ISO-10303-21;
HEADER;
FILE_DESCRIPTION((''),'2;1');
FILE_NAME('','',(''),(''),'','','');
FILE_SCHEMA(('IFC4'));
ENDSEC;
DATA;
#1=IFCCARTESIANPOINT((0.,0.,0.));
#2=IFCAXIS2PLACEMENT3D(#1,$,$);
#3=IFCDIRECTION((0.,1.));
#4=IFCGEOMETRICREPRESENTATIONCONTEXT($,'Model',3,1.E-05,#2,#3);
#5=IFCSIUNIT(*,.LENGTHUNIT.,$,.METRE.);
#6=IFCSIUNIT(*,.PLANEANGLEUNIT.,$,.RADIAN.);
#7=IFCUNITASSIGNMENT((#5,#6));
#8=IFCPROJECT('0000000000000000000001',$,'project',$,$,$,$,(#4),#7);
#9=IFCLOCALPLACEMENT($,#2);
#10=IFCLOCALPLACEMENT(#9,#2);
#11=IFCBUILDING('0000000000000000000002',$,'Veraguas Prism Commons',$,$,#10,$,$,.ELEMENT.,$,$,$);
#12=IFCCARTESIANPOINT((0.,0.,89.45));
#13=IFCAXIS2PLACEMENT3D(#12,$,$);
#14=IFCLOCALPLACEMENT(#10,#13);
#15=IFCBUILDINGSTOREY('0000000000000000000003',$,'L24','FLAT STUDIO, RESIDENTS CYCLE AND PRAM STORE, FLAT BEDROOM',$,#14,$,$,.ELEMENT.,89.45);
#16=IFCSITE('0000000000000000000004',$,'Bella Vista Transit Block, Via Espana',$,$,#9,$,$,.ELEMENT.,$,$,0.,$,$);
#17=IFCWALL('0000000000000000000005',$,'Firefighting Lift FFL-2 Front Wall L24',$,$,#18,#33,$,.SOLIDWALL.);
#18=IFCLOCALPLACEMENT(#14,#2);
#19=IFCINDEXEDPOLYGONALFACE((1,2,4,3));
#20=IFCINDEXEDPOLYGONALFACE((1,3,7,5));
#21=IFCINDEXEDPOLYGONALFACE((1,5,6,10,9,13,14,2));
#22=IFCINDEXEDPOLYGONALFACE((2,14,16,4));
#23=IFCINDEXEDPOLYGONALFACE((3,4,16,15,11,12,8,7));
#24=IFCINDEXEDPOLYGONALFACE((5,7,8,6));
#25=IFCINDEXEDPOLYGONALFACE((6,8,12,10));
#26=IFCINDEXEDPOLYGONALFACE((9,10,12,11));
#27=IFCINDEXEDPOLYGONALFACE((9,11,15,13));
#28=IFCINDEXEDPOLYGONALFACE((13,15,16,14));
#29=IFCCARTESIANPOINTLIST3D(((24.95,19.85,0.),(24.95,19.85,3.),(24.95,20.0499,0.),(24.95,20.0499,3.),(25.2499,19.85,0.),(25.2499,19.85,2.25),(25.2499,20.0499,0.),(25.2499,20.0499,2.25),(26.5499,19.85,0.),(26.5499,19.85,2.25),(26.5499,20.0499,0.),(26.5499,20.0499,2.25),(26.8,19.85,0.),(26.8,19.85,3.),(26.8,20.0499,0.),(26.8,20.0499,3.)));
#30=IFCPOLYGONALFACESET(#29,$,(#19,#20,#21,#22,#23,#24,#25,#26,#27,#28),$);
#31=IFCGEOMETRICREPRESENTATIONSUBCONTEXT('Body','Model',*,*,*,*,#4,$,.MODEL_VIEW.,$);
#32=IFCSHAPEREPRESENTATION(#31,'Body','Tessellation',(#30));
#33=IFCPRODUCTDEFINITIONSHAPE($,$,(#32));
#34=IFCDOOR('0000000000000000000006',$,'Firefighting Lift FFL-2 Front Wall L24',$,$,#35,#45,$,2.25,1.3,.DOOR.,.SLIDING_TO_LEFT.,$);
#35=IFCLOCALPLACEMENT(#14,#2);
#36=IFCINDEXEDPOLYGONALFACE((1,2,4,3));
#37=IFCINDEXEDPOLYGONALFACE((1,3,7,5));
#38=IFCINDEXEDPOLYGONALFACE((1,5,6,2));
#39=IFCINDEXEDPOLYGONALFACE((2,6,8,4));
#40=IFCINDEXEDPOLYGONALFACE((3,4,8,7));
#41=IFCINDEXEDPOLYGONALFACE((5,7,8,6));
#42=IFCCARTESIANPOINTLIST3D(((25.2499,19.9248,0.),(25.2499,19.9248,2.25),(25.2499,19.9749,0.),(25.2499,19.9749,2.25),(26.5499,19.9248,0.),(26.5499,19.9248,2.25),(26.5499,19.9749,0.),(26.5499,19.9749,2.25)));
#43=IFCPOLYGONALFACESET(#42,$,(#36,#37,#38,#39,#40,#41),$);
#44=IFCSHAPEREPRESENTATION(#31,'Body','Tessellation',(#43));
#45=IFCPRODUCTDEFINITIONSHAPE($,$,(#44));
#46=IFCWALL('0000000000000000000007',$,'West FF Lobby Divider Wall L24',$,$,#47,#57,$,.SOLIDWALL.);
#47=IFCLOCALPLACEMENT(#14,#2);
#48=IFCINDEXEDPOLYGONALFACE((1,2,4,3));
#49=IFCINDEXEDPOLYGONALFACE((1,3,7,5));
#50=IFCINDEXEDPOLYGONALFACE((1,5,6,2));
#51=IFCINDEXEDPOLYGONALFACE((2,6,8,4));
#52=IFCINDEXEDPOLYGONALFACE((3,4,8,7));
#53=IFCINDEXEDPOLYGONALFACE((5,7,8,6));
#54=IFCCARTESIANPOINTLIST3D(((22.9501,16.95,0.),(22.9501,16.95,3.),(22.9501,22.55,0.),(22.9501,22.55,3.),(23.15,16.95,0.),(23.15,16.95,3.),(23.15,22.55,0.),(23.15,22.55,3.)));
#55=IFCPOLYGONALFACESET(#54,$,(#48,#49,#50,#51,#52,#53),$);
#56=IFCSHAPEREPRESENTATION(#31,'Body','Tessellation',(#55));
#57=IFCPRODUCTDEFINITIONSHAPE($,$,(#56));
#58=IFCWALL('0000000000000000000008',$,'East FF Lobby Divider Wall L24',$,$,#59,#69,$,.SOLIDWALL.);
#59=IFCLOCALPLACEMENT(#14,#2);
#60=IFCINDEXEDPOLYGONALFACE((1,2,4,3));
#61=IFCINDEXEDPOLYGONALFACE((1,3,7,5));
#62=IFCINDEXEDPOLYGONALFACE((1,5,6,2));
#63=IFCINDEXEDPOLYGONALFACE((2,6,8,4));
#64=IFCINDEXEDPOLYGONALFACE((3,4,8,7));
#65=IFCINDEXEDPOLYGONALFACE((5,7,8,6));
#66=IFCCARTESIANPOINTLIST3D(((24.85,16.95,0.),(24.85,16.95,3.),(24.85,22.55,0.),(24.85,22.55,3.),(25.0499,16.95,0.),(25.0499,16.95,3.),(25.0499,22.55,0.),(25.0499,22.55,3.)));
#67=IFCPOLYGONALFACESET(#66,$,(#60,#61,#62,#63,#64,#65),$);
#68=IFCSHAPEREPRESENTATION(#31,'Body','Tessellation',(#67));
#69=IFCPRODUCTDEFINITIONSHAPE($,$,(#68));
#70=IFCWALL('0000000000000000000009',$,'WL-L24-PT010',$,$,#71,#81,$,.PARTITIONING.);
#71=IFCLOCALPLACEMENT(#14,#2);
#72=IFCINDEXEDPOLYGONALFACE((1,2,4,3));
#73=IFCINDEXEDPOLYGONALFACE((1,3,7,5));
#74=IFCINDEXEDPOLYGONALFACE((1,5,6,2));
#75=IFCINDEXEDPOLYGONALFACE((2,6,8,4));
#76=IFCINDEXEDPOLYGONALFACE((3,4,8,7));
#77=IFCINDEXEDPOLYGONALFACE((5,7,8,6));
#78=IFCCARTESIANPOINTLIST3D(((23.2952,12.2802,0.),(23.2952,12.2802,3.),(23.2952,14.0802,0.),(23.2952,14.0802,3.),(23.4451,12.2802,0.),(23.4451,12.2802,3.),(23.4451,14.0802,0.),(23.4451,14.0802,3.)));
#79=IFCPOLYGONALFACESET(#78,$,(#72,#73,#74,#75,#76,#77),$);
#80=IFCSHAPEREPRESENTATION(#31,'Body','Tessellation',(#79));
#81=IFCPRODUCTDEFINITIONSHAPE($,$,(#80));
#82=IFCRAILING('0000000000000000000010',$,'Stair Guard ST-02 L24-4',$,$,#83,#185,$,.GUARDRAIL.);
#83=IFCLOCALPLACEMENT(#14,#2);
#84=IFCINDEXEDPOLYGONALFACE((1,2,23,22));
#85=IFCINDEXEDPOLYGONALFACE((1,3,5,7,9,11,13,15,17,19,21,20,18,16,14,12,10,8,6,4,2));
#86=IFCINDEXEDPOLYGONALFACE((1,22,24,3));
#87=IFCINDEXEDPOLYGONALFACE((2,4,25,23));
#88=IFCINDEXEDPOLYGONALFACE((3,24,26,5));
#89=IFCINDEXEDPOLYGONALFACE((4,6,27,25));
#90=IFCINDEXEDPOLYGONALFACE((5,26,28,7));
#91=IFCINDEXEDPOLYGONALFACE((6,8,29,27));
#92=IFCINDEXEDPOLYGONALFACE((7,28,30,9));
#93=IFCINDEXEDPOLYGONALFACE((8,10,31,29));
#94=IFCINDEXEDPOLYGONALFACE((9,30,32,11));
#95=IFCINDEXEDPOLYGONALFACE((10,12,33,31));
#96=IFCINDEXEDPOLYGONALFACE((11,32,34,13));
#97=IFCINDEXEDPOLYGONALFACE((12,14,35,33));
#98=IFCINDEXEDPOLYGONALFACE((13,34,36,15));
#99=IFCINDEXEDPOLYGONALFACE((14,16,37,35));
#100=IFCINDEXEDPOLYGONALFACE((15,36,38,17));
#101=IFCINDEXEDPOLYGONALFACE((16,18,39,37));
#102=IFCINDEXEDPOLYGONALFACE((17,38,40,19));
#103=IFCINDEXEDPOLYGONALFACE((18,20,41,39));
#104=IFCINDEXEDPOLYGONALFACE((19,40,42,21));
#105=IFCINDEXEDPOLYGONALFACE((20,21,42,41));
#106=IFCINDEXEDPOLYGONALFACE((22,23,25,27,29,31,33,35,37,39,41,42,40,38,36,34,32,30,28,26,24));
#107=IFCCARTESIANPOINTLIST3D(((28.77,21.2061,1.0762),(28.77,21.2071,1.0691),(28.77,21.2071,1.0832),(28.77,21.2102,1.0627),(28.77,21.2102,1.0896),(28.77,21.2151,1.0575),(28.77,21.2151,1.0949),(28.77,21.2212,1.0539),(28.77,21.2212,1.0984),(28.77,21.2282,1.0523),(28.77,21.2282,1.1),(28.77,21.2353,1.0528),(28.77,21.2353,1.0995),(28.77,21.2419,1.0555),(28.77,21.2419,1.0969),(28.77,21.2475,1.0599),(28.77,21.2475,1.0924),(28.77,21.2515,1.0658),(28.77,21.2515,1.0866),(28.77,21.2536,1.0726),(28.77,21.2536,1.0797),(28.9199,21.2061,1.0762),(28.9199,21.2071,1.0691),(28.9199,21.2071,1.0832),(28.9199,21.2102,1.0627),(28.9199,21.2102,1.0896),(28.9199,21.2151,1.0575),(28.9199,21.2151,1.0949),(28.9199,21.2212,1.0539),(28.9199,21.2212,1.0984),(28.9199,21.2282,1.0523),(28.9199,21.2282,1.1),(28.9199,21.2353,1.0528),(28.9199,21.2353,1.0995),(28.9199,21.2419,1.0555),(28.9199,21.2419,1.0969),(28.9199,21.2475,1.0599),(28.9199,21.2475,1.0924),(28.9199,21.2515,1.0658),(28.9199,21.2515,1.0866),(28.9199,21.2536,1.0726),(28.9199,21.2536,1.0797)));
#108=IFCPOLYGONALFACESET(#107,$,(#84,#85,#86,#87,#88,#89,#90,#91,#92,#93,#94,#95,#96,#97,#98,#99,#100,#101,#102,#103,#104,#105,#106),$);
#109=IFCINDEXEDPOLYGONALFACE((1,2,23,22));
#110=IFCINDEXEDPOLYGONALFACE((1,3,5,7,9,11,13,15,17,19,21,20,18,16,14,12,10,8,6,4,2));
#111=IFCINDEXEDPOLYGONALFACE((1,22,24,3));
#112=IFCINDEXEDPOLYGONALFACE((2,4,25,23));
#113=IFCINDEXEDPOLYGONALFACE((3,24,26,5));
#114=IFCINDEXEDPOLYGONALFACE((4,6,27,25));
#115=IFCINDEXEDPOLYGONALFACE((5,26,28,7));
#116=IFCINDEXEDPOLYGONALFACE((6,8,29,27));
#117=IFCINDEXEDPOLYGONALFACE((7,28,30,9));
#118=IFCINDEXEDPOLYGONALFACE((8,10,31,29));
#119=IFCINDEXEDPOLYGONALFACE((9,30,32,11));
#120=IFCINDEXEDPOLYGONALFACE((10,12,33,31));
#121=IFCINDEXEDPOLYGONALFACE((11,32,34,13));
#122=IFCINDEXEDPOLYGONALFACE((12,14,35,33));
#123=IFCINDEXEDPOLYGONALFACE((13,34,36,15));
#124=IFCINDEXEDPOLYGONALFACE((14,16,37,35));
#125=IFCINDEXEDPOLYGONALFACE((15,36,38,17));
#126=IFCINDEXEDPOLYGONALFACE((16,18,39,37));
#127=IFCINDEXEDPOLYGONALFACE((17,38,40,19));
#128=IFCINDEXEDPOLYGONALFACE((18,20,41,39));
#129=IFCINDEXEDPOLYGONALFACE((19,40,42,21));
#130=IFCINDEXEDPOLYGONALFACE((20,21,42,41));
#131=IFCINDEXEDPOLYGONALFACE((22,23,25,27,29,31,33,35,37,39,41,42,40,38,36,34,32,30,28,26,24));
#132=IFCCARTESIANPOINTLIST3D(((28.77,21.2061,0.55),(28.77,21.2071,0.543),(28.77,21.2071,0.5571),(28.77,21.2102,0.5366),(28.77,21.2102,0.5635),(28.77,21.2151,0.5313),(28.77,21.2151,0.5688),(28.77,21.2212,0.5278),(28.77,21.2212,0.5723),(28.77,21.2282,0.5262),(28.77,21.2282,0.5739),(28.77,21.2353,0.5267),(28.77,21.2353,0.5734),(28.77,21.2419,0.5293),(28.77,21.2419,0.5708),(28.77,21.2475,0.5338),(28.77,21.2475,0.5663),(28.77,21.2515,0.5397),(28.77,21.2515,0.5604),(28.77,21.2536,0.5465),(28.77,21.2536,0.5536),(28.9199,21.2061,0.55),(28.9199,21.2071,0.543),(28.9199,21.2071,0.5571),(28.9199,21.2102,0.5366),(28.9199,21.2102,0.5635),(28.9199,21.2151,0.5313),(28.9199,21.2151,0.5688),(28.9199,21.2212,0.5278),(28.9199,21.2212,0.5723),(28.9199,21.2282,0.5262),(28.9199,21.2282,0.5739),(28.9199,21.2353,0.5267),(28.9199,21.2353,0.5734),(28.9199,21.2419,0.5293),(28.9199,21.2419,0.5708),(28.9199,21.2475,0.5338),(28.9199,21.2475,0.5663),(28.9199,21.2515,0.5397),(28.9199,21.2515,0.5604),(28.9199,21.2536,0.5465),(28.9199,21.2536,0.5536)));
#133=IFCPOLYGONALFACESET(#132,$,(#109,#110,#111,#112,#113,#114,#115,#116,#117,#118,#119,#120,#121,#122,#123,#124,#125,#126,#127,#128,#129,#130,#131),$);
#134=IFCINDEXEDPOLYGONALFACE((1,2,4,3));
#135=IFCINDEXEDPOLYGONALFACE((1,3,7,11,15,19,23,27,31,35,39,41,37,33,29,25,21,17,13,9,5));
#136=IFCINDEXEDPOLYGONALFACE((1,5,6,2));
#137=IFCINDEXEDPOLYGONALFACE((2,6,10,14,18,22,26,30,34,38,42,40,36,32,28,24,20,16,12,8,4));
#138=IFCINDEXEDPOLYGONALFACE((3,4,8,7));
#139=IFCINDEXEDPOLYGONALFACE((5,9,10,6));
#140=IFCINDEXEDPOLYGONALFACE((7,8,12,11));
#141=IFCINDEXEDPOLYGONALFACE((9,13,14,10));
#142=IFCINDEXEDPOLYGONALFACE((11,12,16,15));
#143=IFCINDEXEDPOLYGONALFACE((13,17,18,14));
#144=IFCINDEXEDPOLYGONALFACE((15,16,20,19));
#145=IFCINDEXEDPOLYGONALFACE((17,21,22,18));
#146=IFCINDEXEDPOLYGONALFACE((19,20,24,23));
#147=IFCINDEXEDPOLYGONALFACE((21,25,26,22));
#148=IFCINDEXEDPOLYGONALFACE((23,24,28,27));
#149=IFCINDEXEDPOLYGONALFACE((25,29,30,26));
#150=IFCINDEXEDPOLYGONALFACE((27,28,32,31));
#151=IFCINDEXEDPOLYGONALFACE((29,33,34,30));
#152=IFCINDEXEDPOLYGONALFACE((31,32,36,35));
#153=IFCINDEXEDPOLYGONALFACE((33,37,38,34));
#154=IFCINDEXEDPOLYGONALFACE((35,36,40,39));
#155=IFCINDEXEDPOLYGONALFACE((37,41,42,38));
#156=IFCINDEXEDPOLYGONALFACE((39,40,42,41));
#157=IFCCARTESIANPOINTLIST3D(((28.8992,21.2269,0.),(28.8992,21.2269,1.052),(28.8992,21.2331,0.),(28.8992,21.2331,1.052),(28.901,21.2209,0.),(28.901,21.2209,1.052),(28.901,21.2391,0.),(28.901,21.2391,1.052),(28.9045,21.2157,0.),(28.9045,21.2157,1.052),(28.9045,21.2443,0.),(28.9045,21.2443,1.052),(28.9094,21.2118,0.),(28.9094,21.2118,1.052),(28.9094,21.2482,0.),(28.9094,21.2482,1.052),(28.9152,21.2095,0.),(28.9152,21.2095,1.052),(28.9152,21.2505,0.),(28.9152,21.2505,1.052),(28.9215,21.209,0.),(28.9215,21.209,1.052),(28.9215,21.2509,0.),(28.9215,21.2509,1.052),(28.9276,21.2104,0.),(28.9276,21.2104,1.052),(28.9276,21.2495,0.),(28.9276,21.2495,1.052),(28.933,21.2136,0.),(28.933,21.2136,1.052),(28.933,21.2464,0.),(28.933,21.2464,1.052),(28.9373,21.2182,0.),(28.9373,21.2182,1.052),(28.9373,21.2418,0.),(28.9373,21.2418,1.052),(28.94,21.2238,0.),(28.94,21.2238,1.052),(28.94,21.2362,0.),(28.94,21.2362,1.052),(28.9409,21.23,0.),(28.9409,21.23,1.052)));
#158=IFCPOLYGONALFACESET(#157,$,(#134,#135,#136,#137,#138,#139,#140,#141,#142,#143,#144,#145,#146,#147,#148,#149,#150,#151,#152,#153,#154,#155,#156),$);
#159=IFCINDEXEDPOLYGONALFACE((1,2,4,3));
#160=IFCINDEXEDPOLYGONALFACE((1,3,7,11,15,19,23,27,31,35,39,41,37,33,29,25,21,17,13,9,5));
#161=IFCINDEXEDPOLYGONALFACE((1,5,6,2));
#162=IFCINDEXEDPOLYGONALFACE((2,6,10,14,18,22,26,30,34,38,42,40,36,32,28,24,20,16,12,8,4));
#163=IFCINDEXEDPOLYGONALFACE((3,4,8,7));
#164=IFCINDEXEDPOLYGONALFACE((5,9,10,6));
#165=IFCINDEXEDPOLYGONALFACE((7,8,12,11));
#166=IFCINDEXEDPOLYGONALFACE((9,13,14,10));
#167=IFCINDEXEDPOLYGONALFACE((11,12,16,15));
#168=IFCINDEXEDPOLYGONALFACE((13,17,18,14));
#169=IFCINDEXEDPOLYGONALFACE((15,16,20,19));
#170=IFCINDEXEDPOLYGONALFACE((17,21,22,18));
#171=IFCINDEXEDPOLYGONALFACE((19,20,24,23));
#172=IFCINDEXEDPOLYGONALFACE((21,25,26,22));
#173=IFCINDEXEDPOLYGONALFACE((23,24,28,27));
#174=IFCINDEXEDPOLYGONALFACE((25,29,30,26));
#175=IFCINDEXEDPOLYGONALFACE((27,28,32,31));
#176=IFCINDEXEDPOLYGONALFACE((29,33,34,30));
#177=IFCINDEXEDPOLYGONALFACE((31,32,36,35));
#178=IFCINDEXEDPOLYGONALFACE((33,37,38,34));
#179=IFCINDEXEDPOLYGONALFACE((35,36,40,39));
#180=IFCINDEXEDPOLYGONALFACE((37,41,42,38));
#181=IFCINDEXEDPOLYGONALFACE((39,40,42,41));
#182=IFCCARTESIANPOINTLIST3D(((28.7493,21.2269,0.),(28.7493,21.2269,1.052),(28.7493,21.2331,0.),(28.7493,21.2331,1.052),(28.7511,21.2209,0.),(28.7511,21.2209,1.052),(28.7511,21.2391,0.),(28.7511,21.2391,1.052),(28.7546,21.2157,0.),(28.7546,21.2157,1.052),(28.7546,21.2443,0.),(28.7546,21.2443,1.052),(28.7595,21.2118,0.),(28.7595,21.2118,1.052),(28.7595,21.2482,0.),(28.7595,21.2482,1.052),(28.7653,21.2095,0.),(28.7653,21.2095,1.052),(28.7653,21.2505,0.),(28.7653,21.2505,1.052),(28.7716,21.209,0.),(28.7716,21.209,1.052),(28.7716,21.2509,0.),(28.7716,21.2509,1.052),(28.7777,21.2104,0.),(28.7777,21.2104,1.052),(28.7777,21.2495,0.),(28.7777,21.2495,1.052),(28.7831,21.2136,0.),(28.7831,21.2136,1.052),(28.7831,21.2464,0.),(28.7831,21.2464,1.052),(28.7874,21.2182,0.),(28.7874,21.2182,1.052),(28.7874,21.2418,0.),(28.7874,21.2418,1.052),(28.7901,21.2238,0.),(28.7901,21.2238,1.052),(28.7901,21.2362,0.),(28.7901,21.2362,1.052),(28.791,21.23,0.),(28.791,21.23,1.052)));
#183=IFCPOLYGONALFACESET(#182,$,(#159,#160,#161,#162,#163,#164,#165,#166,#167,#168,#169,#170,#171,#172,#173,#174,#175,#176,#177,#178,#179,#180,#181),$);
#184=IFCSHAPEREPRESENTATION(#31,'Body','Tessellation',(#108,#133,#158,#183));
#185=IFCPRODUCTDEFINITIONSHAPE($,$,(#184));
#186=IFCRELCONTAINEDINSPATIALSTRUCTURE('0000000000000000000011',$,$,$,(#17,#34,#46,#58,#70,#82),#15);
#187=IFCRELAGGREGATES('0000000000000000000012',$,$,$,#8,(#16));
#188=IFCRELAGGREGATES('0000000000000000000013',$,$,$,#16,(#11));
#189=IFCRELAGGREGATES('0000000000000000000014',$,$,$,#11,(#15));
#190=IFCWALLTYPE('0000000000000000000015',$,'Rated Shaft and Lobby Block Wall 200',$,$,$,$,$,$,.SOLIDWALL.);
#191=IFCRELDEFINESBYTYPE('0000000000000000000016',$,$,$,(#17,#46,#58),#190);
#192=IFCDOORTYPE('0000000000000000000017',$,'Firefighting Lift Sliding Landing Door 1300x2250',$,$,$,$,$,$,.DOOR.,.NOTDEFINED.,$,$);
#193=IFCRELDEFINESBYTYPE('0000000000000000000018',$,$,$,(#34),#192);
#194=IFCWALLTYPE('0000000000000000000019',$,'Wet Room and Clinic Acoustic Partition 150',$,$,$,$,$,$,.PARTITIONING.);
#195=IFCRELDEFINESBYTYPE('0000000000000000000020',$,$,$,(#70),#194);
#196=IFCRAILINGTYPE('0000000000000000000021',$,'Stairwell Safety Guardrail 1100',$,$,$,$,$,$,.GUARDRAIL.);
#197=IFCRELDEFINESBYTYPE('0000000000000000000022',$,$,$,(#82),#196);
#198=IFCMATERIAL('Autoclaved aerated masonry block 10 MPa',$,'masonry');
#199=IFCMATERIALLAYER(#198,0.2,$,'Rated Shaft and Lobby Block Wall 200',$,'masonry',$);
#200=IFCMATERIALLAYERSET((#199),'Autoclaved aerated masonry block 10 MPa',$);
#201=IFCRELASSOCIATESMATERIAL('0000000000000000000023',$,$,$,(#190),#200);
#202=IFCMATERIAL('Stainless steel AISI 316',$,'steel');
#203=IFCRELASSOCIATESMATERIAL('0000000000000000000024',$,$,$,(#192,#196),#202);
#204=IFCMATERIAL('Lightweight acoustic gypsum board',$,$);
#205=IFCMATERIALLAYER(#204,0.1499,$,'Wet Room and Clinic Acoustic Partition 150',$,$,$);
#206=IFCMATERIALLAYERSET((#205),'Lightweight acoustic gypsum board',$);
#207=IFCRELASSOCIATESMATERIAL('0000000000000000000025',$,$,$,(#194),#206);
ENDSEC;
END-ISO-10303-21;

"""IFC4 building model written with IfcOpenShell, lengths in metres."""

from ifc_helpers import new_model, si_unit, direction, frame, frame_2d, origin, origin_2d, place, context, subcontext, project, spatial, rectangle, circle, extrude, source, transform, mapped, material, layer, layer_set, type_object, element, fill, save


model = new_model("IFC4")

# Units and contexts
model_context = context("Model", 3, precision=1e-05, world=origin(), true_north=direction((0.0, 1.0)))
body_context = subcontext(model_context, "Body", "Model", "MODEL_VIEW")
ifc_project = project(units=[si_unit("LENGTHUNIT", "METRE"), si_unit("PLANEANGLEUNIT", "RADIAN")], contexts=[model_context])

# Site, building, storey
site_placement = place(None, origin())
site = spatial("IfcSite", under=ifc_project, at=site_placement, Name="Bella Vista Transit Block, Via Espana", CompositionType="ELEMENT", RefElevation=0.0)
building_placement = place(site_placement, origin())
building = spatial("IfcBuilding", under=site, at=building_placement, Name="Veraguas Prism Commons", CompositionType="ELEMENT")
storey_placement = place(building_placement, frame((0.0, 0.0, 89.45)))
storey = spatial("IfcBuildingStorey", under=building, at=storey_placement, Name="L24", Description="FLAT STUDIO, RESIDENTS CYCLE AND PRAM STORE, FLAT BEDROOM", CompositionType="ELEMENT", Elevation=89.45)

# Shared definitions
ifc_material_1 = material(Name="Autoclaved aerated masonry block 10 MPa", Category="masonry")

# Shared definitions
ifc_material_2 = material(Name="Lightweight acoustic gypsum board")

# Wall, opening, door
ifc_layer_1 = layer(ifc_material_1, 0.2, Name="Rated Shaft and Lobby Block Wall 200", Category="masonry")
ifc_layer_set_1 = layer_set([ifc_layer_1], Name="Autoclaved aerated masonry block 10 MPa")
wall_type_1 = type_object("IfcWallType", Name="Rated Shaft and Lobby Block Wall 200", PredefinedType="SOLIDWALL", material=ifc_layer_set_1)
ifc_material_3 = material(Name="Stainless steel AISI 316", Category="steel")
door_type_1 = type_object("IfcDoorType", Name="Firefighting Lift Sliding Landing Door 1300x2250", OperationType="NOTDEFINED", PredefinedType="DOOR", material=ifc_material_3)
shared_shape_1 = source(origin(), body_context, "Body", "SweptSolid", [
    extrude(rectangle(XDim=1.3, YDim=2.25, at=frame_2d((0.6499, 1.125))), frame((0.0, 0.0249, 0.0), z_axis=(0.0, -1.0, 0.0), x_axis=(1.0, 0.0, 0.0)), (0.0, 0.0, 1.0), 0.05),
])
wall_1_placement = place(storey_placement, frame((24.95, 19.95, 0.0), z_axis=(0.0, 0.0, 1.0), x_axis=(1.0, 0.0, 0.0)))
wall_1 = element("IfcWall", 1, at=wall_1_placement, inside=storey, type_object=wall_type_1, Name="Firefighting Lift FFL-2 Front Wall L24", PredefinedType="SOLIDWALL", context=body_context, shape_type="SweptSolid", body=[
    extrude(rectangle(XDim=1.8501, YDim=0.2, at=frame_2d((0.925, 0.0))), origin(), (0.0, 0.0, 1.0), 3.0),
])
opening_1_placement = place(wall_1_placement, frame((0.3, 0.0, 0.0)))
opening_1 = element("IfcOpeningElement", 2, at=opening_1_placement, cuts=wall_1, PredefinedType="OPENING", context=body_context, shape_type="SweptSolid", body=[
    extrude(rectangle(XDim=1.3, YDim=2.25, at=frame_2d((0.6499, 1.125))), frame((0.0, 0.1099, 0.0), z_axis=(0.0, -1.0, 0.0), x_axis=(1.0, 0.0, 0.0)), (0.0, 0.0, 1.0), 0.22),
])
door_1_placement = place(opening_1_placement, origin())
door_1 = element("IfcDoor", 3, at=door_1_placement, inside=storey, type_object=door_type_1, Name="Firefighting Lift FFL-2 Front Wall L24", OperationType="SLIDING_TO_LEFT", OverallHeight=2.25, OverallWidth=1.3, PredefinedType="DOOR", context=body_context, shape_type="MappedRepresentation", body=[
    mapped(shared_shape_1, transform((0.0, 0.0, 0.0), scale=1.0)),
])
fill(opening_1, door_1)

# Walls
for number, where, z_axis, x_axis, name in (
    (4, (23.05, 16.95, 0.0), (0.0, 0.0, 1.0), (0.0, 1.0, 0.0), "West FF Lobby Divider Wall L24"),
    (5, (24.95, 16.95, 0.0), (0.0, 0.0, 1.0), (0.0, 1.0, 0.0), "East FF Lobby Divider Wall L24"),
):
    element("IfcWall", number, at=place(storey_placement, frame(where, z_axis=z_axis, x_axis=x_axis)), inside=storey, type_object=wall_type_1, Name=name, PredefinedType="SOLIDWALL", context=body_context, shape_type="SweptSolid", body=[
        extrude(rectangle(XDim=5.6001, YDim=0.2, at=frame_2d((2.8, 0.0))), origin(), (0.0, 0.0, 1.0), 3.0),
    ])
ifc_layer_2 = layer(ifc_material_2, 0.1499, Name="Wet Room and Clinic Acoustic Partition 150")
ifc_layer_set_2 = layer_set([ifc_layer_2], Name="Lightweight acoustic gypsum board")
wall_type_2 = type_object("IfcWallType", Name="Wet Room and Clinic Acoustic Partition 150", PredefinedType="PARTITIONING", material=ifc_layer_set_2)
wall_2_placement = place(storey_placement, frame((23.3701, 14.0801, 0.0), z_axis=(0.0, 0.0, 1.0), x_axis=(0.0, -1.0, 0.0)))
element("IfcWall", 6, at=wall_2_placement, inside=storey, type_object=wall_type_2, Name="WL-L24-PT010", PredefinedType="PARTITIONING", context=body_context, shape_type="SweptSolid", body=[
    extrude(rectangle(XDim=1.8, YDim=0.1499, at=frame_2d((0.8999, 0.0))), origin(), (0.0, 0.0, 1.0), 3.0),
])

# Railing
railing_type = type_object("IfcRailingType", Name="Stairwell Safety Guardrail 1100", PredefinedType="GUARDRAIL", material=ifc_material_3)
railing_placement = place(storey_placement, frame((28.9199, 21.23, 0.0)))
element("IfcRailing", 7, at=railing_placement, inside=storey, type_object=railing_type, Name="Stair Guard ST-02 L24-4", PredefinedType="GUARDRAIL", context=body_context, shape_type="SweptSolid", body=[
    extrude(circle(Radius=0.0239, at=origin_2d()), frame((0.0, 0.0, 1.0762), z_axis=(-1.0, 0.0, 0.0), x_axis=(0.0, -1.0, 0.0)), (0.0, 0.0, 1.0), 0.1499),
    extrude(circle(Radius=0.0239, at=origin_2d()), frame((0.0, 0.0, 0.55), z_axis=(-1.0, 0.0, 0.0), x_axis=(0.0, -1.0, 0.0)), (0.0, 0.0, 1.0), 0.1499),
    extrude(circle(Radius=0.021, at=origin_2d()), origin(), (0.0, 0.0, 1.0), 1.052),
    extrude(circle(Radius=0.021, at=origin_2d()), frame((-0.1499, 0.0, 0.0)), (0.0, 0.0, 1.0), 1.052),
])

save(model, "model.ifc")
